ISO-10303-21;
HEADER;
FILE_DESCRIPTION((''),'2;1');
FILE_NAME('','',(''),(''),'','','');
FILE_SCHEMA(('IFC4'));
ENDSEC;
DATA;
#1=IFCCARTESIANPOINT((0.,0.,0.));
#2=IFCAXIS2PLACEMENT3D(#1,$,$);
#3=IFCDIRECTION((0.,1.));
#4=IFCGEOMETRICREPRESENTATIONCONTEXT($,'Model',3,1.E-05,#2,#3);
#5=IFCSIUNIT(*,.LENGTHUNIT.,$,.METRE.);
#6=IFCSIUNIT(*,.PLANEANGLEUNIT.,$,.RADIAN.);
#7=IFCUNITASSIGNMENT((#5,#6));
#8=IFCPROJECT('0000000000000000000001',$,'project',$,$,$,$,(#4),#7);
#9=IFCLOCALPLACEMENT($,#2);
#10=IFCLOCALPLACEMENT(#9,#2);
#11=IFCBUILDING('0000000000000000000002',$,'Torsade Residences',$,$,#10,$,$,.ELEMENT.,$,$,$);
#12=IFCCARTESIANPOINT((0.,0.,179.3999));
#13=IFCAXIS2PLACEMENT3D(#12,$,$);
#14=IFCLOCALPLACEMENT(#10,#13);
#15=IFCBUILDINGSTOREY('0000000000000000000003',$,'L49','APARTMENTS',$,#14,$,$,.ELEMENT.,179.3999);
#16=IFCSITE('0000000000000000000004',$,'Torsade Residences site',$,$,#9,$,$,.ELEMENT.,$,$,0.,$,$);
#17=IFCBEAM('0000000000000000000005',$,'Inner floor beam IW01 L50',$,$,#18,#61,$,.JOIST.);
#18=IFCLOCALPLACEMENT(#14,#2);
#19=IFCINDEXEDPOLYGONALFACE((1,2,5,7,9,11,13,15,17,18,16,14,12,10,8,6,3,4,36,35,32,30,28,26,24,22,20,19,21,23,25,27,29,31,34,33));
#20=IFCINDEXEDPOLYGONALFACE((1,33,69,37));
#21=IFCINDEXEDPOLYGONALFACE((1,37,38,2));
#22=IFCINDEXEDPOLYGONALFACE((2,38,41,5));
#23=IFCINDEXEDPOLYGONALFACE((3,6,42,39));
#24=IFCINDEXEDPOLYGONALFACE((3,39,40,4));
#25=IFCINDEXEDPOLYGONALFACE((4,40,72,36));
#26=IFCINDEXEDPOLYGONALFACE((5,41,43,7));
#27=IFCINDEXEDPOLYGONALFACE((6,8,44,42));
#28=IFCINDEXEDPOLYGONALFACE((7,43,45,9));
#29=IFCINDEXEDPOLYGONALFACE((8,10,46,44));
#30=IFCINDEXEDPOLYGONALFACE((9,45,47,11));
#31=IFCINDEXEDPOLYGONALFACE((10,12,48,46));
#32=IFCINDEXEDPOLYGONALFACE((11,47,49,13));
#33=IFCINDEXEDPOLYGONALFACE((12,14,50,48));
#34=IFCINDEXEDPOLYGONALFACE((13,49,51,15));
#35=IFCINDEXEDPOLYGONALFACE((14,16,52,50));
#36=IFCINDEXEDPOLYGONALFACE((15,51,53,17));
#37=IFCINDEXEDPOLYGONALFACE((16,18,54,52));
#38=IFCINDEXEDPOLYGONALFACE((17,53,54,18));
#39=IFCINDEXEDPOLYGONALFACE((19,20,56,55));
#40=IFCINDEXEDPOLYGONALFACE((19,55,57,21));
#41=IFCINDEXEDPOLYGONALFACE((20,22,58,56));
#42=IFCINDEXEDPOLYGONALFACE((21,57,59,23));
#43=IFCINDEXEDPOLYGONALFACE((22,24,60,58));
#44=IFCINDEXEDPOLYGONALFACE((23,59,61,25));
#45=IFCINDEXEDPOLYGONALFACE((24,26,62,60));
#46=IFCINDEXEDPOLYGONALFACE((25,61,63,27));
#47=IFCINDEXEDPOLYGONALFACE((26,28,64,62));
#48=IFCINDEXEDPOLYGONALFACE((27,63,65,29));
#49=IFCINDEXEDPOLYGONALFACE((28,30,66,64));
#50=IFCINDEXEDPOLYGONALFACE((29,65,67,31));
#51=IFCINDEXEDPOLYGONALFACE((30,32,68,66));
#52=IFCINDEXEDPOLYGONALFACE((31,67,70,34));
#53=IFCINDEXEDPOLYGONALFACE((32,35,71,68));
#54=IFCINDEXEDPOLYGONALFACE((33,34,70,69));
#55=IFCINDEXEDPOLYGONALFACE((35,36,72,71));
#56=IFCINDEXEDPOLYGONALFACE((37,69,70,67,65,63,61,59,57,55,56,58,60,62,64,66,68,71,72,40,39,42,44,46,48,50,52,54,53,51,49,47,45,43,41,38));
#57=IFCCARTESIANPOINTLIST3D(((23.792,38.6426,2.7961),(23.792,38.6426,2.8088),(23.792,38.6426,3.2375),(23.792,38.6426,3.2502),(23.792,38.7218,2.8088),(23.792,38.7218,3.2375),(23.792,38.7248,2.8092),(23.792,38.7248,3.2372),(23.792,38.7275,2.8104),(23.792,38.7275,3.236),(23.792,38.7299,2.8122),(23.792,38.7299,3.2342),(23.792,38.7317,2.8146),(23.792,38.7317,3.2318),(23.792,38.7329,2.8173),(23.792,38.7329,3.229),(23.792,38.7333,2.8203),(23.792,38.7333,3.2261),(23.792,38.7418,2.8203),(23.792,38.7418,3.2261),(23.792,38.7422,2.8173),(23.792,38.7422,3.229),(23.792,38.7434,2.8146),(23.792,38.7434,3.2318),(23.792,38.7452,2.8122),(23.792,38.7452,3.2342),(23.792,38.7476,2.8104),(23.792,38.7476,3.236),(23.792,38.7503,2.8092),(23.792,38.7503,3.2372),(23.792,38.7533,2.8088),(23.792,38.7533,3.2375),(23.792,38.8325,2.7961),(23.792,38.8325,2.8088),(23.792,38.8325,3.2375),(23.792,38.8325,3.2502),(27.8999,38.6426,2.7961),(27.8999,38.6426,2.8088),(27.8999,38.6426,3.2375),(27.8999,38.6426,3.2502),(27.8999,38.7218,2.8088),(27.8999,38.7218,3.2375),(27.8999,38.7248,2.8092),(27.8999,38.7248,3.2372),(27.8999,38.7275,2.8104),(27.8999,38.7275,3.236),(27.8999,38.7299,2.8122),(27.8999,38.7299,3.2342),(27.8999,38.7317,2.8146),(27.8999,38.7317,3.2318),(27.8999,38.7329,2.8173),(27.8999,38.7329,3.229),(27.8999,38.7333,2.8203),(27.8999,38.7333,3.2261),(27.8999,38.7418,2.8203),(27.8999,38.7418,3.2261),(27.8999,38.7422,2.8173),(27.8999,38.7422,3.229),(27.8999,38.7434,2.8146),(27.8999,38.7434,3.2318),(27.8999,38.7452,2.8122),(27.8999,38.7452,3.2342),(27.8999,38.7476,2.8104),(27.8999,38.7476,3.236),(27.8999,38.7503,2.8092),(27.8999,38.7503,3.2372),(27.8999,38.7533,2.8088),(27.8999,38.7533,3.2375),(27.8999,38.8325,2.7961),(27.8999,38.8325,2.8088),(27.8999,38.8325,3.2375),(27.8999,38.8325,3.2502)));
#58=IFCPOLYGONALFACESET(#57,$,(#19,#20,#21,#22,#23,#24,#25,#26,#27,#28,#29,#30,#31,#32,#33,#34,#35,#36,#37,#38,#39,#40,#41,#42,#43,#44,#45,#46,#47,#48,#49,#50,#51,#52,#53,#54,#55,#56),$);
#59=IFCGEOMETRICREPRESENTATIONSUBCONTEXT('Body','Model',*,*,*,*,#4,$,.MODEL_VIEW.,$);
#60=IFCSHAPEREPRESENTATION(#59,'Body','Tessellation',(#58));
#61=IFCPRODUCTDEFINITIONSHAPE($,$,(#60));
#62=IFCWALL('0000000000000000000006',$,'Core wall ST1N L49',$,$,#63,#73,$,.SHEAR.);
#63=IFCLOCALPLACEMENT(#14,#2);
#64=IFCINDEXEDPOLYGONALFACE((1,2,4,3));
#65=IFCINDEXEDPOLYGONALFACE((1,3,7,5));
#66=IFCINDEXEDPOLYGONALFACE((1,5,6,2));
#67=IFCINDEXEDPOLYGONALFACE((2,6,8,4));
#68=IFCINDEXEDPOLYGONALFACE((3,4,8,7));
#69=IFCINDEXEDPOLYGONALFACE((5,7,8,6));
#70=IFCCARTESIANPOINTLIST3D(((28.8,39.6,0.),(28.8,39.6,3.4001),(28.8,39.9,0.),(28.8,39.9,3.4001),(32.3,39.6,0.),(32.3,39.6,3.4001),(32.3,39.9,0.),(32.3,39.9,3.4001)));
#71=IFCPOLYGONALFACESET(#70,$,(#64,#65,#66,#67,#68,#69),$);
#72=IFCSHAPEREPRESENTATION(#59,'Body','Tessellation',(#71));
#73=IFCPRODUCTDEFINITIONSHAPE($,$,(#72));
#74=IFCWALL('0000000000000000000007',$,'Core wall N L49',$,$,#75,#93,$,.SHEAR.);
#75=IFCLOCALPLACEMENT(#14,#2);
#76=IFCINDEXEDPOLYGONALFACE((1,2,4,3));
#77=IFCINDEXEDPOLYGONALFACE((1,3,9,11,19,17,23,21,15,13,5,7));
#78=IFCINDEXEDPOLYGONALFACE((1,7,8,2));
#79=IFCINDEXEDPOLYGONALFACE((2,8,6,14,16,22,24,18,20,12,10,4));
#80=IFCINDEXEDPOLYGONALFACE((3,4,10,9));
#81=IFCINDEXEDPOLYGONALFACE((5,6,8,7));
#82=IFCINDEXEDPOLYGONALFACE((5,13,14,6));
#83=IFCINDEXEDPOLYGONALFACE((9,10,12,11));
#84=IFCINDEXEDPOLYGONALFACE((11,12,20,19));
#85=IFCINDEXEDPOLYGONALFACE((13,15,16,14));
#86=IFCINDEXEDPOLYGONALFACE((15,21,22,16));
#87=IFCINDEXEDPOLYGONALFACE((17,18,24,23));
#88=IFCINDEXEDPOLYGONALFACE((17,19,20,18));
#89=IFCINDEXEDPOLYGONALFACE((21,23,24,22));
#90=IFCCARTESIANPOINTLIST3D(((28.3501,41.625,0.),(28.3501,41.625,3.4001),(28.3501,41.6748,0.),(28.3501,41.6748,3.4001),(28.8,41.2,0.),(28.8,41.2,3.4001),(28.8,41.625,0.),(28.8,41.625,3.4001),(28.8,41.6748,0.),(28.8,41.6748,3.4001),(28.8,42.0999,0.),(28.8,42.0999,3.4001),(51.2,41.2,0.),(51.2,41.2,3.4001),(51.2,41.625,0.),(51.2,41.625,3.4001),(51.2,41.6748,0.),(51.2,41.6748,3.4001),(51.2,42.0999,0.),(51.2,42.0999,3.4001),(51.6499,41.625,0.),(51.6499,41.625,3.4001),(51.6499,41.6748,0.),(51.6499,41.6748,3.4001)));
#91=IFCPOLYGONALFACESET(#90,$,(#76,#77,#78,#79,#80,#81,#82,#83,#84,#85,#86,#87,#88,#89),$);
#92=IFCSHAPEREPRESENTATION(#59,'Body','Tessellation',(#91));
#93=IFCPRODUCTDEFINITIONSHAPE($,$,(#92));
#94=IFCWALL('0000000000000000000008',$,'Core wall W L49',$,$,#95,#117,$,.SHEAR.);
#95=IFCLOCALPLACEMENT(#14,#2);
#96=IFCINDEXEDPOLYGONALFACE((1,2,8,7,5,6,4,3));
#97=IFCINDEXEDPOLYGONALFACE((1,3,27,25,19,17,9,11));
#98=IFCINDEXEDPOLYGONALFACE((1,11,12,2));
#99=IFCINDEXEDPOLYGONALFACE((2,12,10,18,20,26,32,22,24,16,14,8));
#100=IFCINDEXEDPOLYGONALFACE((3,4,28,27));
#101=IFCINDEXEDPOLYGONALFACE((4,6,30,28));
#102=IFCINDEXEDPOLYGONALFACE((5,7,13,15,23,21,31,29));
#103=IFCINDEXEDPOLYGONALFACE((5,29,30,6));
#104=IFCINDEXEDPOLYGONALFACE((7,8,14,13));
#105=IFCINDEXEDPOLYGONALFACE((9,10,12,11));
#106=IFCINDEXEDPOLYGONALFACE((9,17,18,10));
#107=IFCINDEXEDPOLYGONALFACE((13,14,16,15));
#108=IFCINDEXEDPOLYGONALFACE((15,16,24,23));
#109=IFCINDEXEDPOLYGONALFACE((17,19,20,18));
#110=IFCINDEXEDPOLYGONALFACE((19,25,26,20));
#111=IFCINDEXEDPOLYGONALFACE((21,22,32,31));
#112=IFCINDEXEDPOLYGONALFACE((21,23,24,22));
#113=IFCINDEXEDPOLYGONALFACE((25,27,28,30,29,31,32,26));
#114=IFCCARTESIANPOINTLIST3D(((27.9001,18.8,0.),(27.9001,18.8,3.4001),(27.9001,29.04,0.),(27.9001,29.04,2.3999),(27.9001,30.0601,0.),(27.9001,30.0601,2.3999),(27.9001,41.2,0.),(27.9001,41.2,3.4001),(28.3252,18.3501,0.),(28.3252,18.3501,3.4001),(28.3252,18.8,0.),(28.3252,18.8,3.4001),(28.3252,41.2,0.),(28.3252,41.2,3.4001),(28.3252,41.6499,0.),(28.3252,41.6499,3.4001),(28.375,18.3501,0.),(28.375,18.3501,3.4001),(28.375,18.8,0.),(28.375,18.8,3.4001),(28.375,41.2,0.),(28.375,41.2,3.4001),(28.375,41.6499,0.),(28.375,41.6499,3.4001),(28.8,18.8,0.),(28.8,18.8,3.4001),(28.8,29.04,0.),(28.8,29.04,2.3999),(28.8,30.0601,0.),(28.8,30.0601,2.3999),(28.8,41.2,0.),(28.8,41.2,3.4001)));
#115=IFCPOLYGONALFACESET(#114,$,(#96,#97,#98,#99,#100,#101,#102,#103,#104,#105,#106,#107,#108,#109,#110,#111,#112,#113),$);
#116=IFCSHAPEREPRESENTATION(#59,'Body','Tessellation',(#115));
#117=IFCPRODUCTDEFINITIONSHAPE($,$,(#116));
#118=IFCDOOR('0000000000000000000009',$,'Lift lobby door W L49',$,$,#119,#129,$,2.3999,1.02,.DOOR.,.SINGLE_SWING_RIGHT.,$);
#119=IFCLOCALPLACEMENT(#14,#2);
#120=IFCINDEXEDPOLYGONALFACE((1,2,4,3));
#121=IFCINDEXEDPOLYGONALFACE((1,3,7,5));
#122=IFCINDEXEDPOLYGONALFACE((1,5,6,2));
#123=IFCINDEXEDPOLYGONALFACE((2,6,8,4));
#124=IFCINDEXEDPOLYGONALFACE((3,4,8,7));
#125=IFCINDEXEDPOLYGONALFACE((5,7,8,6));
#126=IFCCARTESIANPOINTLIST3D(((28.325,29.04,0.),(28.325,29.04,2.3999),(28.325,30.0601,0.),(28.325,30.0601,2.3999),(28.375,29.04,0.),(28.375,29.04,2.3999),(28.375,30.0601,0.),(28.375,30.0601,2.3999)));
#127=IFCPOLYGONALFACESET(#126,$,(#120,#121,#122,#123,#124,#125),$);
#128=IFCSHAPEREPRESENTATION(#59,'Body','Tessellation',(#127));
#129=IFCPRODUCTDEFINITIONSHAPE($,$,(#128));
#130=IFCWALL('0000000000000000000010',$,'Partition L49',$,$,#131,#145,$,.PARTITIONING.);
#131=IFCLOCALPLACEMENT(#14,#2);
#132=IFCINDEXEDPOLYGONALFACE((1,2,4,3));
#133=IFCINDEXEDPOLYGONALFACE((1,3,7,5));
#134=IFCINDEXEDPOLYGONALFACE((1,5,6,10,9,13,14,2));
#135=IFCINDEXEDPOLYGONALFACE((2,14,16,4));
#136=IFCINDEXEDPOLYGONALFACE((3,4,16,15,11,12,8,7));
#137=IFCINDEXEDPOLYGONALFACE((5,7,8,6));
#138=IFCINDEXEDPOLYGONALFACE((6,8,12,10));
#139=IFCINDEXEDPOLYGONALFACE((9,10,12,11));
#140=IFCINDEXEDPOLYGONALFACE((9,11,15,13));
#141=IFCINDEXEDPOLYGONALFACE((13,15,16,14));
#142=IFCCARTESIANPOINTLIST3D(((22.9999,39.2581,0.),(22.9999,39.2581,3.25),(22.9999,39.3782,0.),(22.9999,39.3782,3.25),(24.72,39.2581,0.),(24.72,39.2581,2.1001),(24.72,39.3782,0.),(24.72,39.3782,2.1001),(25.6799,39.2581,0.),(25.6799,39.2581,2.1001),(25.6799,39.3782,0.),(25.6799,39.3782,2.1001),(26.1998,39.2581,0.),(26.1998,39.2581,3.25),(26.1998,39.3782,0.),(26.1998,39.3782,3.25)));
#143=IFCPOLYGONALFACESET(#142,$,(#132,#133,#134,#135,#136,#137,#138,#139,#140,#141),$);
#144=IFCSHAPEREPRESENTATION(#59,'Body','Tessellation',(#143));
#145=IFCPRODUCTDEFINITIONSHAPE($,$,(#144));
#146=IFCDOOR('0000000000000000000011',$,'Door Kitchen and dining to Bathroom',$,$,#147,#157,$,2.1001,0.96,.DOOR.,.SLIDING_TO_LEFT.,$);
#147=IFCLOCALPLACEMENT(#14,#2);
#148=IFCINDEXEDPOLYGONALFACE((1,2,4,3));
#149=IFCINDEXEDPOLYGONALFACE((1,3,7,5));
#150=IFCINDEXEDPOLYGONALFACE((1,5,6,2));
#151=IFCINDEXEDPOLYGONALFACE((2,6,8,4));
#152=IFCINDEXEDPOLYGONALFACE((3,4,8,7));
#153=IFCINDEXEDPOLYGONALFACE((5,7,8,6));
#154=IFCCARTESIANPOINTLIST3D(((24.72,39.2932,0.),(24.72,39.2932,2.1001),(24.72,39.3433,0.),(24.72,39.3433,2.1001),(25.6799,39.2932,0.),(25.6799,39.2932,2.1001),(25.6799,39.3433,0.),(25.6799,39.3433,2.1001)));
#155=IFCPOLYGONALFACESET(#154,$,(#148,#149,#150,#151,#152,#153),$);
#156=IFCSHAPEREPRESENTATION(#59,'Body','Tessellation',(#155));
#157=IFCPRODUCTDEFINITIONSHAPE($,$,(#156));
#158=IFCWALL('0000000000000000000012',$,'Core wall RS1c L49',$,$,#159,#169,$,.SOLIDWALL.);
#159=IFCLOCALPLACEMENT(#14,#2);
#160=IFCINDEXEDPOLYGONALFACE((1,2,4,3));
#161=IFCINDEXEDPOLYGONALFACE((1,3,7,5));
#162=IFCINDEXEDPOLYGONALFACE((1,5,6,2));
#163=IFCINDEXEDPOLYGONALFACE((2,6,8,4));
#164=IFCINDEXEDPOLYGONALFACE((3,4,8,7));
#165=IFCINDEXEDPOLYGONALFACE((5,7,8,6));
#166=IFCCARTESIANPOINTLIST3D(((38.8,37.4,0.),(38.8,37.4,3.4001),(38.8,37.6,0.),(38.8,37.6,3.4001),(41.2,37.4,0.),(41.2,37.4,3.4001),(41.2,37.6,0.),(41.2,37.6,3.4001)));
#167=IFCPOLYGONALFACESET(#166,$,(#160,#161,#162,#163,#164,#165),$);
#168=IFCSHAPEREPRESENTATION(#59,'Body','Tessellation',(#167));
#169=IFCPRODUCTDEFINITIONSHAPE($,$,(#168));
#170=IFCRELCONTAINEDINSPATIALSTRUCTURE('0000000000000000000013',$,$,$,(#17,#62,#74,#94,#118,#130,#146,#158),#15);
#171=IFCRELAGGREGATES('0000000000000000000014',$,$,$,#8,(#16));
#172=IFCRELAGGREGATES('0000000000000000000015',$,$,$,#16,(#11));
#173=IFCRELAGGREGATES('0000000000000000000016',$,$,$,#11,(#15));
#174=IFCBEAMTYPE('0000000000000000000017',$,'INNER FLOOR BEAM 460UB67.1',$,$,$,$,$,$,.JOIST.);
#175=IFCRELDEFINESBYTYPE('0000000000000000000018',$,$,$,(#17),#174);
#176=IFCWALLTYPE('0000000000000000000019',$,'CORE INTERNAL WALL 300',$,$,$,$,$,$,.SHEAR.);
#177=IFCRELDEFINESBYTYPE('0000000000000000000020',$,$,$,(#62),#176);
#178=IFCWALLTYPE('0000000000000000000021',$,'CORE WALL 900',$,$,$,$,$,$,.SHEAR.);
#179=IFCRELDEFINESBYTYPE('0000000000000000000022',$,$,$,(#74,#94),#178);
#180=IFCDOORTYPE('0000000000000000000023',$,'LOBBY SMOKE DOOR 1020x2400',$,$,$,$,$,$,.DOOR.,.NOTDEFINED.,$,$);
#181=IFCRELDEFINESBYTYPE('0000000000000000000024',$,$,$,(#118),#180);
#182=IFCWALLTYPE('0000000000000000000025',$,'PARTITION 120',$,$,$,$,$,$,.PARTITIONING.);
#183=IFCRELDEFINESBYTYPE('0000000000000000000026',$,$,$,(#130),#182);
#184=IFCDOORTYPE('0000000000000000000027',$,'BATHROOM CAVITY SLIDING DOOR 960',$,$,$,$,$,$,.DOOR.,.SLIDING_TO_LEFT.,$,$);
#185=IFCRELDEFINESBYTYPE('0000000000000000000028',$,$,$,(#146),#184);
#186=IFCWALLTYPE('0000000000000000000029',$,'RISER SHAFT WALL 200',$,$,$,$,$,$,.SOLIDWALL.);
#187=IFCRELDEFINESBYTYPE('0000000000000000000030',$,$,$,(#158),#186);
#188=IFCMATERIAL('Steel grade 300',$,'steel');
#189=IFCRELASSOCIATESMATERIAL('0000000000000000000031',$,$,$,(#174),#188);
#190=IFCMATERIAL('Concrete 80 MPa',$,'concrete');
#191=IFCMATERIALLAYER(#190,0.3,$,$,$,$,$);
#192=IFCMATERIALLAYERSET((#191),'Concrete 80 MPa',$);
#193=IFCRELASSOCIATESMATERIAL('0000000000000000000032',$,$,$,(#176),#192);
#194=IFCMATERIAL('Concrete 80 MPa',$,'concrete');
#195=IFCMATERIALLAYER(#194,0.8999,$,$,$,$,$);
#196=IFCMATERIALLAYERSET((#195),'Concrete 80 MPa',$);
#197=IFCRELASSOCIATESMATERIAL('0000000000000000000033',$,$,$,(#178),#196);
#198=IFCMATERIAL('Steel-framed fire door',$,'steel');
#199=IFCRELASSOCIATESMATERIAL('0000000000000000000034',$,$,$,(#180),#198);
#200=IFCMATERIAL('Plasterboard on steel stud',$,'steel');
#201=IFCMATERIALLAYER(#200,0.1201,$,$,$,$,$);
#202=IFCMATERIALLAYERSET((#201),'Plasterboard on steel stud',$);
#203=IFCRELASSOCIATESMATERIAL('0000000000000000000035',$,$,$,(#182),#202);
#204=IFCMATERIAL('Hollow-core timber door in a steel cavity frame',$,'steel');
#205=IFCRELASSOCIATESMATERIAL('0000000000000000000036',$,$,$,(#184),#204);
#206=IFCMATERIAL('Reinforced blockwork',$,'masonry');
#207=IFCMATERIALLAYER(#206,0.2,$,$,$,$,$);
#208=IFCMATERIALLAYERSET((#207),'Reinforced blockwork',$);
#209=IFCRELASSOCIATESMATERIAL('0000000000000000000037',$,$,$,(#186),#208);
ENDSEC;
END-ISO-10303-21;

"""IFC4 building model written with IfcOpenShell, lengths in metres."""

from ifc_helpers import new_model, si_unit, direction, frame, frame_2d, origin, origin_2d, place, context, subcontext, project, spatial, polyline, rectangle, i_section, outline, extrude, material, layer, layer_set, material_profile, profile_set, type_object, element, fill, save


model = new_model("IFC4")

# Units and contexts
model_context = context("Model", 3, precision=1e-05, world=origin(), true_north=direction((0.0, 1.0)))
body_context = subcontext(model_context, "Body", "Model", "MODEL_VIEW")
ifc_project = project(units=[si_unit("LENGTHUNIT", "METRE"), si_unit("PLANEANGLEUNIT", "RADIAN")], contexts=[model_context])

# Site, building, storey
site_placement = place(None, origin())
site = spatial("IfcSite", under=ifc_project, at=site_placement, Name="Torsade Residences site", CompositionType="ELEMENT", RefElevation=0.0)
building_placement = place(site_placement, origin())
building = spatial("IfcBuilding", under=site, at=building_placement, Name="Torsade Residences", CompositionType="ELEMENT")
storey_placement = place(building_placement, frame((0.0, 0.0, 179.3999)))
storey = spatial("IfcBuildingStorey", under=building, at=storey_placement, Name="L49", Description="APARTMENTS", CompositionType="ELEMENT", Elevation=179.3999)

# Beam
ifc_material_1 = material(Name="Steel grade 300", Category="steel")
ifc_material_profile_1 = material_profile(ifc_material_1, i_section(OverallWidth=0.1899, OverallDepth=0.4541, WebThickness=0.0085, FlangeThickness=0.0127, FilletRadius=0.0115, at=origin_2d()), Name="460UB67.1")
ifc_profile_set_1 = profile_set([ifc_material_profile_1], Name="Steel grade 300")
beam_type = type_object("IfcBeamType", Name="INNER FLOOR BEAM 460UB67.1", PredefinedType="JOIST", material=ifc_profile_set_1)
beam_1_placement = place(storey_placement, frame((27.8999, 38.7375, 3.0232), z_axis=(-1.0, 0.0, 0.0), x_axis=(0.0, -1.0, 0.0)))
element("IfcBeam", 1, at=beam_1_placement, inside=storey, type_object=beam_type, Name="Inner floor beam IW01 L50", PredefinedType="JOIST", context=body_context, shape_type="SweptSolid", body=[
    extrude(i_section(OverallWidth=0.1899, OverallDepth=0.4541, WebThickness=0.0085, FlangeThickness=0.0127, FilletRadius=0.0115, at=origin_2d()), origin(), (0.0, 0.0, 1.0), 4.1079),
])

# Walls
ifc_material_2 = material(Name="Concrete 80 MPa", Category="concrete")
ifc_layer_1 = layer(ifc_material_2, 0.3)
ifc_layer_set_1 = layer_set([ifc_layer_1], Name="Concrete 80 MPa")
wall_type_1 = type_object("IfcWallType", Name="CORE INTERNAL WALL 300", PredefinedType="SHEAR", material=ifc_layer_set_1)
wall_1_placement = place(storey_placement, frame((28.8, 39.75, 0.0), z_axis=(0.0, 0.0, 1.0), x_axis=(1.0, 0.0, 0.0)))
element("IfcWall", 2, at=wall_1_placement, inside=storey, type_object=wall_type_1, Name="Core wall ST1N L49", PredefinedType="SHEAR", context=body_context, shape_type="SweptSolid", body=[
    extrude(rectangle(XDim=3.5, YDim=0.3, at=frame_2d((1.75, 0.0))), origin(), (0.0, 0.0, 1.0), 3.4001),
])
ifc_material_3 = material(Name="Concrete 80 MPa", Category="concrete")
ifc_layer_2 = layer(ifc_material_3, 0.8999)
ifc_layer_set_2 = layer_set([ifc_layer_2], Name="Concrete 80 MPa")
wall_type_2 = type_object("IfcWallType", Name="CORE WALL 900", PredefinedType="SHEAR", material=ifc_layer_set_2)
wall_2_placement = place(storey_placement, frame((28.8, 41.6499, 0.0), z_axis=(0.0, 0.0, 1.0), x_axis=(1.0, 0.0, 0.0)))
element("IfcWall", 3, at=wall_2_placement, inside=storey, type_object=wall_type_2, Name="Core wall N L49", PredefinedType="SHEAR", context=body_context, shape_type="SweptSolid", body=[
    extrude(outline(polyline([(0.0, -0.45), (22.3999, -0.45), (22.3999, -0.0249), (22.8499, -0.0249), (22.8499, 0.0249), (22.3999, 0.0249), (22.3999, 0.45), (0.0, 0.45), (0.0, 0.0249), (-0.45, 0.0249), (-0.45, -0.0249), (0.0, -0.0249), (0.0, -0.45)])), origin(), (0.0, 0.0, 1.0), 3.4001),
])

# Walls, openings, doors
wall_3_placement = place(storey_placement, frame((28.3501, 41.2, 0.0), z_axis=(0.0, 0.0, 1.0), x_axis=(0.0, -1.0, 0.0)))
wall_3 = element("IfcWall", 4, at=wall_3_placement, inside=storey, type_object=wall_type_2, Name="Core wall W L49", PredefinedType="SHEAR", context=body_context, shape_type="SweptSolid", body=[
    extrude(outline(polyline([(0.0, -0.45), (22.3999, -0.45), (22.3999, -0.0249), (22.8499, -0.0249), (22.8499, 0.0249), (22.3999, 0.0249), (22.3999, 0.45), (0.0, 0.45), (0.0, 0.0249), (-0.45, 0.0249), (-0.45, -0.0249), (0.0, -0.0249), (0.0, -0.45)])), origin(), (0.0, 0.0, 1.0), 3.4001),
])
opening_1_placement = place(wall_3_placement, frame((11.1399, 0.0, 0.0)))
opening_1 = element("IfcOpeningElement", 5, at=opening_1_placement, cuts=wall_3, PredefinedType="OPENING", context=body_context, shape_type="SweptSolid", body=[
    extrude(rectangle(XDim=1.02, YDim=2.3999, at=frame_2d((0.51, 1.2))), frame((0.0, 0.46, 0.0), z_axis=(0.0, -1.0, 0.0), x_axis=(1.0, 0.0, 0.0)), (0.0, 0.0, 1.0), 0.9199),
])
ifc_material_4 = material(Name="Steel-framed fire door", Category="steel")
door_type_1 = type_object("IfcDoorType", Name="LOBBY SMOKE DOOR 1020x2400", OperationType="NOTDEFINED", PredefinedType="DOOR", material=ifc_material_4)
door_1_placement = place(opening_1_placement, origin())
door_1 = element("IfcDoor", 6, at=door_1_placement, inside=storey, type_object=door_type_1, Name="Lift lobby door W L49", OperationType="SINGLE_SWING_RIGHT", OverallHeight=2.3999, OverallWidth=1.02, PredefinedType="DOOR", context=body_context, shape_type="SweptSolid", body=[
    extrude(rectangle(XDim=1.02, YDim=2.3999, at=frame_2d((0.51, 1.2))), frame((0.0, 0.0249, 0.0), z_axis=(0.0, -1.0, 0.0), x_axis=(1.0, 0.0, 0.0)), (0.0, 0.0, 1.0), 0.05),
])
fill(opening_1, door_1)
ifc_material_5 = material(Name="Plasterboard on steel stud", Category="steel")
ifc_layer_3 = layer(ifc_material_5, 0.1201)
ifc_layer_set_3 = layer_set([ifc_layer_3], Name="Plasterboard on steel stud")
wall_type_3 = type_object("IfcWallType", Name="PARTITION 120", PredefinedType="PARTITIONING", material=ifc_layer_set_3)
wall_4_placement = place(storey_placement, frame((26.2, 39.3181, 0.0), z_axis=(0.0, 0.0, 1.0), x_axis=(-1.0, 0.0, 0.0)))
wall_4 = element("IfcWall", 7, at=wall_4_placement, inside=storey, type_object=wall_type_3, Name="Partition L49", PredefinedType="PARTITIONING", context=body_context, shape_type="SweptSolid", body=[
    extrude(rectangle(XDim=3.2, YDim=0.1201, at=frame_2d((1.6001, 0.0))), origin(), (0.0, 0.0, 1.0), 3.25),
])
opening_2_placement = place(wall_4_placement, frame((0.52, 0.0, 0.0)))
opening_2 = element("IfcOpeningElement", 8, at=opening_2_placement, cuts=wall_4, PredefinedType="OPENING", context=body_context, shape_type="SweptSolid", body=[
    extrude(rectangle(XDim=0.96, YDim=2.1001, at=frame_2d((0.48, 1.05))), frame((0.0, 0.0701, 0.0), z_axis=(0.0, -1.0, 0.0), x_axis=(1.0, 0.0, 0.0)), (0.0, 0.0, 1.0), 0.1401),
])
ifc_material_6 = material(Name="Hollow-core timber door in a steel cavity frame", Category="steel")
door_type_2 = type_object("IfcDoorType", Name="BATHROOM CAVITY SLIDING DOOR 960", OperationType="SLIDING_TO_LEFT", PredefinedType="DOOR", material=ifc_material_6)
door_2_placement = place(opening_2_placement, origin())
door_2 = element("IfcDoor", 9, at=door_2_placement, inside=storey, type_object=door_type_2, Name="Door Kitchen and dining to Bathroom", OperationType="SLIDING_TO_LEFT", OverallHeight=2.1001, OverallWidth=0.96, PredefinedType="DOOR", context=body_context, shape_type="SweptSolid", body=[
    extrude(rectangle(XDim=0.96, YDim=2.1001, at=frame_2d((0.48, 1.05))), frame((0.0, 0.0249, 0.0), z_axis=(0.0, -1.0, 0.0), x_axis=(1.0, 0.0, 0.0)), (0.0, 0.0, 1.0), 0.05),
])
fill(opening_2, door_2)

# Wall
ifc_material_7 = material(Name="Reinforced blockwork", Category="masonry")
ifc_layer_4 = layer(ifc_material_7, 0.2)
ifc_layer_set_4 = layer_set([ifc_layer_4], Name="Reinforced blockwork")
wall_type_4 = type_object("IfcWallType", Name="RISER SHAFT WALL 200", PredefinedType="SOLIDWALL", material=ifc_layer_set_4)
for number, where, z_axis, x_axis, name in (
    (10, (38.8, 37.5, 0.0), (0.0, 0.0, 1.0), (1.0, 0.0, 0.0), "Core wall RS1c L49"),
):
    element("IfcWall", number, at=place(storey_placement, frame(where, z_axis=z_axis, x_axis=x_axis)), inside=storey, type_object=wall_type_4, Name=name, PredefinedType="SOLIDWALL", context=body_context, shape_type="SweptSolid", body=[
        extrude(rectangle(XDim=2.3999, YDim=0.2, at=frame_2d((1.2, 0.0))), origin(), (0.0, 0.0, 1.0), 3.4001),
    ])

save(model, "model.ifc")
